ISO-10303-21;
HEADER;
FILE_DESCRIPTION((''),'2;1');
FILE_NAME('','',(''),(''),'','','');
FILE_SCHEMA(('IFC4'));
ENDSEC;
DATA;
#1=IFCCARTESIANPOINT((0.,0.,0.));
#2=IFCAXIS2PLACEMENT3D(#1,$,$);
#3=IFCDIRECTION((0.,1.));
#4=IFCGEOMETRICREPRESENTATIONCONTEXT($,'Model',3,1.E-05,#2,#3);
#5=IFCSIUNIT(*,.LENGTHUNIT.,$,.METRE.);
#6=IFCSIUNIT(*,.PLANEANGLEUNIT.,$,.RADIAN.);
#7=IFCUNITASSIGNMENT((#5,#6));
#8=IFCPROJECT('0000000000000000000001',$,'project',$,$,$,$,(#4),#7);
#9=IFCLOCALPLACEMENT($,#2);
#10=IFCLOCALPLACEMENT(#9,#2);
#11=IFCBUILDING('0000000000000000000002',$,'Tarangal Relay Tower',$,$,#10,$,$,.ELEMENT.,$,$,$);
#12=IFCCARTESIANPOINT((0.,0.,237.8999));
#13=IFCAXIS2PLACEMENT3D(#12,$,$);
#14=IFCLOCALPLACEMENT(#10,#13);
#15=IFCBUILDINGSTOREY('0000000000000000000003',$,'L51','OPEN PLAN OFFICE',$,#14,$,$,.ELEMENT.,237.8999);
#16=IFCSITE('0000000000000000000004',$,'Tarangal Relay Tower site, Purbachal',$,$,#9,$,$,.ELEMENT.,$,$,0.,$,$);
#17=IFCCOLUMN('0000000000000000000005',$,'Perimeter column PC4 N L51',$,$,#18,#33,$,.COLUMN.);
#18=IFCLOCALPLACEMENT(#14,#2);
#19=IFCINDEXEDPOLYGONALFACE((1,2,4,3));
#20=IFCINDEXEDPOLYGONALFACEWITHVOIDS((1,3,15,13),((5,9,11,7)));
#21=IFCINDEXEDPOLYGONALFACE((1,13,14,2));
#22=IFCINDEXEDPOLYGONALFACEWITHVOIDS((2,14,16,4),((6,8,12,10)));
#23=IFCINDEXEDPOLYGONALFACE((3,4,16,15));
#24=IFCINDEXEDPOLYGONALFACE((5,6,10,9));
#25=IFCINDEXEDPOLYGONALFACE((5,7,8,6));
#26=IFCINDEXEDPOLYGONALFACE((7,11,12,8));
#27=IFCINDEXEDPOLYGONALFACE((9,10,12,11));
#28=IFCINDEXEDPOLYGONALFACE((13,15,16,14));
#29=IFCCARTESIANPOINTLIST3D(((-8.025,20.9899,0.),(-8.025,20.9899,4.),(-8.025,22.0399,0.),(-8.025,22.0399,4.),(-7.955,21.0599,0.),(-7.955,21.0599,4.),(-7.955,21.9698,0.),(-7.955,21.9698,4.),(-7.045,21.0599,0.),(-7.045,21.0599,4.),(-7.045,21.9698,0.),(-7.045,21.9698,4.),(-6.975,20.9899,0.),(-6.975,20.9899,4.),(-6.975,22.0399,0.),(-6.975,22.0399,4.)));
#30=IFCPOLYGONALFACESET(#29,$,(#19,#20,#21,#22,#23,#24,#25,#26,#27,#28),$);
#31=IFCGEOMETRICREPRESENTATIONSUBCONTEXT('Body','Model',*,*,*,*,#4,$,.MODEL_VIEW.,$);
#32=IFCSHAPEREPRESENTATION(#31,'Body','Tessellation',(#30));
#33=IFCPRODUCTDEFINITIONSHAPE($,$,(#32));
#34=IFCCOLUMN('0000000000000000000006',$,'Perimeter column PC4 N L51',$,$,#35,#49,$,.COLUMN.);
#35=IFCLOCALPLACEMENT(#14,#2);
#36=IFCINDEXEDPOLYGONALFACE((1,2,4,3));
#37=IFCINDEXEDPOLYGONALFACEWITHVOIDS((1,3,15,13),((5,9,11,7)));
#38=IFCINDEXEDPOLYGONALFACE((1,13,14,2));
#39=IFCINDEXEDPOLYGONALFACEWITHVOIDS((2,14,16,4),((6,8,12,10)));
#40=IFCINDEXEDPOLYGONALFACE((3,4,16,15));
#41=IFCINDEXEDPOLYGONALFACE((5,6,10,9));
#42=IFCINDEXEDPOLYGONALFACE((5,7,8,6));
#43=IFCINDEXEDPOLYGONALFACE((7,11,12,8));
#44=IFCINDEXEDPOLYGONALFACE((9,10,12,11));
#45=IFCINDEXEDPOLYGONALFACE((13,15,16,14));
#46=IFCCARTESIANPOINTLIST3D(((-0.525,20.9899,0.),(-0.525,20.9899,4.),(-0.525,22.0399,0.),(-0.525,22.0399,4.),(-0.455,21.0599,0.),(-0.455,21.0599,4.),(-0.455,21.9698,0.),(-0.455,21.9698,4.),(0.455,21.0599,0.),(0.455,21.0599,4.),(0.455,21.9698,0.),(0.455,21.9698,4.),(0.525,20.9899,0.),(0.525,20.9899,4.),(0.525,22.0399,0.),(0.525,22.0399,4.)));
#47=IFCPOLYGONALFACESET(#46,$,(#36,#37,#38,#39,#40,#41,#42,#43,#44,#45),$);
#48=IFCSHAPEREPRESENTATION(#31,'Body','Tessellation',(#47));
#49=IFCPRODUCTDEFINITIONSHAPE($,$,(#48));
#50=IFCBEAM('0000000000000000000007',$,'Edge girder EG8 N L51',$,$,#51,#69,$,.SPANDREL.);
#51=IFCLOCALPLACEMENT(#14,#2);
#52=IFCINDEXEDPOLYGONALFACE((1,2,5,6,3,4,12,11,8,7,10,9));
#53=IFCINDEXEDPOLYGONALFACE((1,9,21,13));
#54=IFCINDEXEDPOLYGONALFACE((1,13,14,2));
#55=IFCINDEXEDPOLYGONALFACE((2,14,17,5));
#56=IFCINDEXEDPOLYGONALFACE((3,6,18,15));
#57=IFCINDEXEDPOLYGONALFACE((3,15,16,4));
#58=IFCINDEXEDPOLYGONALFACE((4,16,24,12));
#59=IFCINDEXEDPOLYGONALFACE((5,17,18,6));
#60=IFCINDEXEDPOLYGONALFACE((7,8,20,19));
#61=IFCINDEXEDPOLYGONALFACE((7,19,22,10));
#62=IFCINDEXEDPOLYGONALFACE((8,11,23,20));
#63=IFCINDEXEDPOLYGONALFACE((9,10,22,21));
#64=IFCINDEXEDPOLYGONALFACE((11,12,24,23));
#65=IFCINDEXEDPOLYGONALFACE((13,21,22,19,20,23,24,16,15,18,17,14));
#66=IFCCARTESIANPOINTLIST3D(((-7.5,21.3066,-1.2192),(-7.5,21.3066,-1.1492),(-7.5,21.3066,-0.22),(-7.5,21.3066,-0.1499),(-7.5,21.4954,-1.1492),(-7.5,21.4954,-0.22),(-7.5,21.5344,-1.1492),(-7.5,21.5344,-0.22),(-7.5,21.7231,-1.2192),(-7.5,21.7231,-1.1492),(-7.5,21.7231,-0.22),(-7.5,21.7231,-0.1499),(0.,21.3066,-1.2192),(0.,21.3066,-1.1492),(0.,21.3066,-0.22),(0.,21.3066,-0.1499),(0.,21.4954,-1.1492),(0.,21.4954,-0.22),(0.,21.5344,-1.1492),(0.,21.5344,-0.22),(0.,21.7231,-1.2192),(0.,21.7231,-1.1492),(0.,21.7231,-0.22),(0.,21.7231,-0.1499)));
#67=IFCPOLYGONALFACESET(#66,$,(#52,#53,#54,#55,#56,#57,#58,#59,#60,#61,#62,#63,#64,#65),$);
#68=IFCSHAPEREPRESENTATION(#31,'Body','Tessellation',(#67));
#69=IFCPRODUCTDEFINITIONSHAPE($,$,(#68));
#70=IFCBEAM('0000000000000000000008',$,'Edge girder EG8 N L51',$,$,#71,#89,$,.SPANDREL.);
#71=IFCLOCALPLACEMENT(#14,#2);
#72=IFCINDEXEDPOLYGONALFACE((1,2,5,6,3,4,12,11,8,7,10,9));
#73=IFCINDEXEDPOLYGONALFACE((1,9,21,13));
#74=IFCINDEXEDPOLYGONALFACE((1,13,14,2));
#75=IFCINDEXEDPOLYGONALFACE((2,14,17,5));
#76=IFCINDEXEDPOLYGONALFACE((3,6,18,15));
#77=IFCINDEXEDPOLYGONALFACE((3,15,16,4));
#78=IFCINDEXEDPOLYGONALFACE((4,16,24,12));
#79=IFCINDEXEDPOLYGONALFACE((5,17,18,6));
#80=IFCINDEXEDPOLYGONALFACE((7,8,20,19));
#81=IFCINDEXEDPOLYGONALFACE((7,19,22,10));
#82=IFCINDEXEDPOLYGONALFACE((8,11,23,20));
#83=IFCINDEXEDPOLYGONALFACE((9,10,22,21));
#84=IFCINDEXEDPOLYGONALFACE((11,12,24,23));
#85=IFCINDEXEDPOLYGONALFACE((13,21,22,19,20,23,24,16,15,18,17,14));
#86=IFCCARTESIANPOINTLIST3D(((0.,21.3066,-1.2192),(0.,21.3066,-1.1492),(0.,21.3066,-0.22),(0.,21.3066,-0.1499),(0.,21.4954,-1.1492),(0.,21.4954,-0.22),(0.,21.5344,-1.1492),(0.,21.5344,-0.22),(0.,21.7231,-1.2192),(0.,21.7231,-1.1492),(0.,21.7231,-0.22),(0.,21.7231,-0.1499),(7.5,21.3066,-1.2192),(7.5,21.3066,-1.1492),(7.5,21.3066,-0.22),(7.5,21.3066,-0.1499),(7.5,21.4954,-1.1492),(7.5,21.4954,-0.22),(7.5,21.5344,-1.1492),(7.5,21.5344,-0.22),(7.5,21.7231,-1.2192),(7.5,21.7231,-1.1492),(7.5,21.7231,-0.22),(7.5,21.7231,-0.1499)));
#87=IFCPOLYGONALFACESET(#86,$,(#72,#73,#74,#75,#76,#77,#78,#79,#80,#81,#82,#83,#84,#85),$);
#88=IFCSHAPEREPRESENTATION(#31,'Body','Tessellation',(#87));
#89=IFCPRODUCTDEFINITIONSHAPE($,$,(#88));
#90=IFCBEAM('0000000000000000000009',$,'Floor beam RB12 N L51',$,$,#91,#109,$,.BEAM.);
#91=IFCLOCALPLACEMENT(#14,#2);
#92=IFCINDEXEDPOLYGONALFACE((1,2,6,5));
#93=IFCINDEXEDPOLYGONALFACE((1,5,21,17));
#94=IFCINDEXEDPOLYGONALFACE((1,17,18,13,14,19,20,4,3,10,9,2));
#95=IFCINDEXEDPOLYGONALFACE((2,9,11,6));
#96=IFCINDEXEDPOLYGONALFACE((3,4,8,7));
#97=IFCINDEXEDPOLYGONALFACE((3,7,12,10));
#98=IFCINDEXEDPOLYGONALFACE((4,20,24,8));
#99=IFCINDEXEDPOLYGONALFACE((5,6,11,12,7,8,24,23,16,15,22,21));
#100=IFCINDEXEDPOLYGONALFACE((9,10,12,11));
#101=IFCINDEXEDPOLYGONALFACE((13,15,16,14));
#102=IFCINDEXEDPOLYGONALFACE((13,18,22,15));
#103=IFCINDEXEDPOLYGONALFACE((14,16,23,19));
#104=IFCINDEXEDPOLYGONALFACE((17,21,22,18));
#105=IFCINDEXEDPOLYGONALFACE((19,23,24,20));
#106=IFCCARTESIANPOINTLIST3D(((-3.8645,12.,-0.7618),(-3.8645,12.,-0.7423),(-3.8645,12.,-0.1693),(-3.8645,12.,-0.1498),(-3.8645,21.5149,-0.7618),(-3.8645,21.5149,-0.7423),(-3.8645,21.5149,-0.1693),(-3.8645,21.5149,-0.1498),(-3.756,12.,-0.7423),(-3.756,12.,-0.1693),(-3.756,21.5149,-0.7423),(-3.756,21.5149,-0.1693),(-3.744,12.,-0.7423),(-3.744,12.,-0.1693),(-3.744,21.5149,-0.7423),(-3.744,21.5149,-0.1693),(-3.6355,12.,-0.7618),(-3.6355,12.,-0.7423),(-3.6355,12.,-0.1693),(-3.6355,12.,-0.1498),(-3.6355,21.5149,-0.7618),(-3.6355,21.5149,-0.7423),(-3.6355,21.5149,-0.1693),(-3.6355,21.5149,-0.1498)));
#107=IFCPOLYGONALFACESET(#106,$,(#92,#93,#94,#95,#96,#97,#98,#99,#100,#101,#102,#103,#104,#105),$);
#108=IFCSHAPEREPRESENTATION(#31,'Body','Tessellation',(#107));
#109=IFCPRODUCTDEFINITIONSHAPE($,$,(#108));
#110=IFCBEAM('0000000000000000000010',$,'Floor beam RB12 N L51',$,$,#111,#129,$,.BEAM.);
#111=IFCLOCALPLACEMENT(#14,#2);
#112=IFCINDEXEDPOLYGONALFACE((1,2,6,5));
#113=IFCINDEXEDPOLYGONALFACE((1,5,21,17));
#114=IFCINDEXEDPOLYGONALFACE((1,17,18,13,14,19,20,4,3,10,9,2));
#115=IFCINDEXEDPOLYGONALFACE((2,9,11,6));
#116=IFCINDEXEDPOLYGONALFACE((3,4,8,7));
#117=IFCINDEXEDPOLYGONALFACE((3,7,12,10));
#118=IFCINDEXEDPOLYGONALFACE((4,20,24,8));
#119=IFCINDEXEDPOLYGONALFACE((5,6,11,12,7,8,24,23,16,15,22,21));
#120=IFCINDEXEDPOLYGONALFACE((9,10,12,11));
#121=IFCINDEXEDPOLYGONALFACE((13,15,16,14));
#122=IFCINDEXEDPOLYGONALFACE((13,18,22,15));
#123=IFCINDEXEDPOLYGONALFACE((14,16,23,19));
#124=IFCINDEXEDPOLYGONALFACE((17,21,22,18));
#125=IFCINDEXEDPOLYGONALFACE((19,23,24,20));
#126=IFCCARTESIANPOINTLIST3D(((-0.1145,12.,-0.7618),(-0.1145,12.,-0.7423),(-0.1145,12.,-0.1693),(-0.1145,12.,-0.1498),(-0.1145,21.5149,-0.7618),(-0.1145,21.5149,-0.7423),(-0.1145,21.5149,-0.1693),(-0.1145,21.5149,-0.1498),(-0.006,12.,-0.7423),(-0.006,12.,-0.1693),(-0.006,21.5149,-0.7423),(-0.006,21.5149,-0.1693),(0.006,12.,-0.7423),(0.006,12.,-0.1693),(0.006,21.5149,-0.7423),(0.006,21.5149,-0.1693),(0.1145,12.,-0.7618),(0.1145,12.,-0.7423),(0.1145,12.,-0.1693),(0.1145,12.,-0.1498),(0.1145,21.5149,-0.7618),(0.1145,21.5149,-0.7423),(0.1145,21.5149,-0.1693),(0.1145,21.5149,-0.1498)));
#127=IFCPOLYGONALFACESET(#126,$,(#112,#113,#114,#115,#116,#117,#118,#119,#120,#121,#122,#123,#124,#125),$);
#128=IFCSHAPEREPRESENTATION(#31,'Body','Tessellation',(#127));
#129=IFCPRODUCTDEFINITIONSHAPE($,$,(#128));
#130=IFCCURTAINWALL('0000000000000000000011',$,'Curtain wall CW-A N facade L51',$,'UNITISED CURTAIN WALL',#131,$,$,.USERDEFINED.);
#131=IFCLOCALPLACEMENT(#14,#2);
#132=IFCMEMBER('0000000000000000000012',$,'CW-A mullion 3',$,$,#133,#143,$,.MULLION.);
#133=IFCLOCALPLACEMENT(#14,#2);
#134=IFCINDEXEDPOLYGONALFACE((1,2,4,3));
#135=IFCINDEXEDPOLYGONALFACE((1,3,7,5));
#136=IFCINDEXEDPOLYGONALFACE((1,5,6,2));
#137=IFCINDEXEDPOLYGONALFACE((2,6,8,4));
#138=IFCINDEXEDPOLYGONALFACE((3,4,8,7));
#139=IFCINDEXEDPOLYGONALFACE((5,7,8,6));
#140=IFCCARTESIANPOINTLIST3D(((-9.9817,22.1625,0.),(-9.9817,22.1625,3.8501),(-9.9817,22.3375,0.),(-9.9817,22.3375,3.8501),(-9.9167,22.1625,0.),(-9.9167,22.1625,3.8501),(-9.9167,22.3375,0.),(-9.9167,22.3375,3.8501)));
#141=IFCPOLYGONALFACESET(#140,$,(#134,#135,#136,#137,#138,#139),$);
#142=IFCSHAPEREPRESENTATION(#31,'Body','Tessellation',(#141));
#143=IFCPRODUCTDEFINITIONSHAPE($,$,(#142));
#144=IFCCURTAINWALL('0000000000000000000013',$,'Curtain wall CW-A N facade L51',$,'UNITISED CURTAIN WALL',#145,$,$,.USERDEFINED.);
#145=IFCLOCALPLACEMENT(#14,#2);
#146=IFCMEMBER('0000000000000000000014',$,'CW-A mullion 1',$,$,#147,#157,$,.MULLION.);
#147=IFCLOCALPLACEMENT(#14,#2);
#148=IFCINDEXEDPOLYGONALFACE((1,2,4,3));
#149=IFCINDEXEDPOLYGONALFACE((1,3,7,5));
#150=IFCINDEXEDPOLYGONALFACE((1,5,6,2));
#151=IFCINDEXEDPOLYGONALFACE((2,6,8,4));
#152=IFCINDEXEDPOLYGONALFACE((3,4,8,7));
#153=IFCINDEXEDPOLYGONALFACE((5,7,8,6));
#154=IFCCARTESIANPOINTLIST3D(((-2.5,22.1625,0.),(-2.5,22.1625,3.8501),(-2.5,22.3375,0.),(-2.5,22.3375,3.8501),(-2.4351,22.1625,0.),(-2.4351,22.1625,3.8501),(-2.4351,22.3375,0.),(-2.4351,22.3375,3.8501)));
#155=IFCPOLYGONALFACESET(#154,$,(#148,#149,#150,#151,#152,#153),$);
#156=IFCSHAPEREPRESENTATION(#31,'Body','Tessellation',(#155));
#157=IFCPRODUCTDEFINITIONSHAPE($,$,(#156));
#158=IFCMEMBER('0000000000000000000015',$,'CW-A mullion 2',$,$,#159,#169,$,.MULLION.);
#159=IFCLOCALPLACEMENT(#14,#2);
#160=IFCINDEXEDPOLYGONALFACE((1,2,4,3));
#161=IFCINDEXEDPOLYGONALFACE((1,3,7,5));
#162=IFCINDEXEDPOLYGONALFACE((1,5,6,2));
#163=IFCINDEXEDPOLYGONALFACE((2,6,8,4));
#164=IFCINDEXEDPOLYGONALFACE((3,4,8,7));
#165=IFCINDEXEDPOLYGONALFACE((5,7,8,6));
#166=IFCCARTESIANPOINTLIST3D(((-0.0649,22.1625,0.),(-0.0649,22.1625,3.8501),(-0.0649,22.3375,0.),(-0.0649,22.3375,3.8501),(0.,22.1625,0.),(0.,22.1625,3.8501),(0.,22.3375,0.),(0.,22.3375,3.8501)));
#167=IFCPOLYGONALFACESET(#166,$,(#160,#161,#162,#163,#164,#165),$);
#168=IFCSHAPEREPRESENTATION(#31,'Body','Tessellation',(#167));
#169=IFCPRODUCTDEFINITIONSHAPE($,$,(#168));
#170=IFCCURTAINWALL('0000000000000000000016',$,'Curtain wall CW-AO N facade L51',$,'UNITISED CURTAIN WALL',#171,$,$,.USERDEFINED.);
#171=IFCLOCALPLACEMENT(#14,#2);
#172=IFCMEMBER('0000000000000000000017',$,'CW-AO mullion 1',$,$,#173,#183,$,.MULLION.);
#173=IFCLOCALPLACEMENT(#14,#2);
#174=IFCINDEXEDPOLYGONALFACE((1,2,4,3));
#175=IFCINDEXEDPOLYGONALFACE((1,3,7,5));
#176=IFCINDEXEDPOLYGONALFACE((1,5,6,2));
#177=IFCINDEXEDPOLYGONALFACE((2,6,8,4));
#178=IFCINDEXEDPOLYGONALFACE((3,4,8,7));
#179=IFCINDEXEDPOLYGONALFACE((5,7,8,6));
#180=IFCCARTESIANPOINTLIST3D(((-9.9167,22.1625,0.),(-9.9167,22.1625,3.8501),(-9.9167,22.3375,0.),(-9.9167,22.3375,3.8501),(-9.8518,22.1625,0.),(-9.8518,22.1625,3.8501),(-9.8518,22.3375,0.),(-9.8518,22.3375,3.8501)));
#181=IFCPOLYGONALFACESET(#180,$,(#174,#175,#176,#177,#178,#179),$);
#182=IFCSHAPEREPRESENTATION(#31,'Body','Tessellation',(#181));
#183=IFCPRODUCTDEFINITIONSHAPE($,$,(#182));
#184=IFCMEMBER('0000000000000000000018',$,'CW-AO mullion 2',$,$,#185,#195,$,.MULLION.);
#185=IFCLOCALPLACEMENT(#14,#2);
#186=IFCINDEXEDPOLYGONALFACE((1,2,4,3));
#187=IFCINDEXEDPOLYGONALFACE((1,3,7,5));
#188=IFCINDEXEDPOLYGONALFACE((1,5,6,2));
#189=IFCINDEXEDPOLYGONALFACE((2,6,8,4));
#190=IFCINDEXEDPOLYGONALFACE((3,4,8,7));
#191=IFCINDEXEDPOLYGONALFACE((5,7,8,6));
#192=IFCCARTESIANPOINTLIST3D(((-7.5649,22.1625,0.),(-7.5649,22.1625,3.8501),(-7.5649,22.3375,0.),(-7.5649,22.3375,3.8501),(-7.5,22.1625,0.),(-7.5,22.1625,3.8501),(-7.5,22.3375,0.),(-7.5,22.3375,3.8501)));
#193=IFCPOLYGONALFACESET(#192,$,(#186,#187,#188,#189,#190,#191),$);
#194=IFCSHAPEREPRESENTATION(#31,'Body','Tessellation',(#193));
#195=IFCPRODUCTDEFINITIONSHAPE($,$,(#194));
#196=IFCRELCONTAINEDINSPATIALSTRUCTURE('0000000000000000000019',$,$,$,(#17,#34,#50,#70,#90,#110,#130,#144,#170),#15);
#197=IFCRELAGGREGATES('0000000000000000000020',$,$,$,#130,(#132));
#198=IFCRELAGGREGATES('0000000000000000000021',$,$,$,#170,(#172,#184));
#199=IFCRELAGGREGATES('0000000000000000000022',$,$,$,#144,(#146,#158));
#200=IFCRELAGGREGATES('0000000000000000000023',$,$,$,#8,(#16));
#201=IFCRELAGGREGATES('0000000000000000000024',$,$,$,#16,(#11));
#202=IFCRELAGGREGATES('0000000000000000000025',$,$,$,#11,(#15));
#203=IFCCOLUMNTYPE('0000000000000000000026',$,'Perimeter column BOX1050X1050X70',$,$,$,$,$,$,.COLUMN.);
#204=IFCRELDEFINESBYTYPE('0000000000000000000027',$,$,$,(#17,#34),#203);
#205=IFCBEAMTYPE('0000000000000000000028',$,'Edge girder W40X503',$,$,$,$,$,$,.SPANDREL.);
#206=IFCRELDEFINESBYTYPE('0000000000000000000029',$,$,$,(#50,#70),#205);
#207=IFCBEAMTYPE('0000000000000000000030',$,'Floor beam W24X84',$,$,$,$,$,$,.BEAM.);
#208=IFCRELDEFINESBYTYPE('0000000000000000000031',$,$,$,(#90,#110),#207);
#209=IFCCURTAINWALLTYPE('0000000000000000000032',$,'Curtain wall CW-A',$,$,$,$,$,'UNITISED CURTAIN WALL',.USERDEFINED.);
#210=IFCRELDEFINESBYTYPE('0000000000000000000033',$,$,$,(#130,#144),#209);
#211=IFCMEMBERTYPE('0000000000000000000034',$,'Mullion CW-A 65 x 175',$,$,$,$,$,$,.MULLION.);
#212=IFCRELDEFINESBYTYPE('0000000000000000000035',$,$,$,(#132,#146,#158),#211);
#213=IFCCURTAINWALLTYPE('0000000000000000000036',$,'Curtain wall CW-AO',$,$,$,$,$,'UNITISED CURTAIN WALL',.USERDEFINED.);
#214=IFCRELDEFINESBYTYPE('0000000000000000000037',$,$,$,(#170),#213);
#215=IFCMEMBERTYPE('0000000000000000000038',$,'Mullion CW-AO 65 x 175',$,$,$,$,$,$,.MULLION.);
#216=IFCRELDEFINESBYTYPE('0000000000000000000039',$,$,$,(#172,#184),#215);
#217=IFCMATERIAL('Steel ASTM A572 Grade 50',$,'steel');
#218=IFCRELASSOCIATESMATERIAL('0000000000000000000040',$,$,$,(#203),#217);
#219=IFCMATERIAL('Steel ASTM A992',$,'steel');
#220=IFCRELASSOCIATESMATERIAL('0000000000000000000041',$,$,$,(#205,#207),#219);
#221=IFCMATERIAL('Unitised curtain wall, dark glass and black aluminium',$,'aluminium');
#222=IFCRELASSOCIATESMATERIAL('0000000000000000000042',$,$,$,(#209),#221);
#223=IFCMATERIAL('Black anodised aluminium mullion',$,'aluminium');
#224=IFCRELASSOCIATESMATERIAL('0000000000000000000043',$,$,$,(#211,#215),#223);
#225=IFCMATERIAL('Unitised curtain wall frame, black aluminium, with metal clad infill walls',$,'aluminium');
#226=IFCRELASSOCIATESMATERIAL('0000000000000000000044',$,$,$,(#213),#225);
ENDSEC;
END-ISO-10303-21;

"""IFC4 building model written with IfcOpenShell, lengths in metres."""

from ifc_helpers import new_model, si_unit, direction, frame, origin, origin_2d, place, context, subcontext, project, spatial, rectangle, hollow_rectangle, i_section, extrude, material, material_profile, profile_set, type_object, element, aggregate, save


model = new_model("IFC4")

# Units and contexts
model_context = context("Model", 3, precision=1e-05, world=origin(), true_north=direction((0.0, 1.0)))
body_context = subcontext(model_context, "Body", "Model", "MODEL_VIEW")
ifc_project = project(units=[si_unit("LENGTHUNIT", "METRE"), si_unit("PLANEANGLEUNIT", "RADIAN")], contexts=[model_context])

# Site, building, storey
site_placement = place(None, origin())
site = spatial("IfcSite", under=ifc_project, at=site_placement, Name="Tarangal Relay Tower site, Purbachal", CompositionType="ELEMENT", RefElevation=0.0)
building_placement = place(site_placement, origin())
building = spatial("IfcBuilding", under=site, at=building_placement, Name="Tarangal Relay Tower", CompositionType="ELEMENT")
storey_placement = place(building_placement, frame((0.0, 0.0, 237.8999)))
storey = spatial("IfcBuildingStorey", under=building, at=storey_placement, Name="L51", Description="OPEN PLAN OFFICE", CompositionType="ELEMENT", Elevation=237.8999)

# Columns
ifc_material_1 = material(Name="Steel ASTM A572 Grade 50", Category="steel")
ifc_material_profile_1 = material_profile(ifc_material_1, hollow_rectangle(XDim=1.05, YDim=1.05, WallThickness=0.0701, at=origin_2d()), Name="BOX1050X1050X70")
ifc_profile_set_1 = profile_set([ifc_material_profile_1], Name="Steel ASTM A572 Grade 50")
column_type = type_object("IfcColumnType", Name="Perimeter column BOX1050X1050X70", PredefinedType="COLUMN", material=ifc_profile_set_1)
for number, where, z_axis, x_axis, name in (
    (1, (-7.5, 21.5149, 0.0), (0.0, 0.0, 1.0), (1.0, 0.0, 0.0), "Perimeter column PC4 N L51"),
    (2, (0.0, 21.5149, 0.0), (0.0, 0.0, 1.0), (1.0, 0.0, 0.0), "Perimeter column PC4 N L51"),
):
    element("IfcColumn", number, at=place(storey_placement, frame(where, z_axis=z_axis, x_axis=x_axis)), inside=storey, type_object=column_type, Name=name, PredefinedType="COLUMN", context=body_context, shape_type="SweptSolid", body=[
        extrude(hollow_rectangle(XDim=1.05, YDim=1.05, WallThickness=0.0701, at=origin_2d()), origin(), (0.0, 0.0, 1.0), 4.0),
    ])

# Beams
ifc_material_2 = material(Name="Steel ASTM A992", Category="steel")
ifc_material_profile_2 = material_profile(ifc_material_2, i_section(OverallWidth=0.4165, OverallDepth=1.0693, WebThickness=0.0391, FlangeThickness=0.0701, at=origin_2d()), Name="W40X503")
ifc_profile_set_2 = profile_set([ifc_material_profile_2], Name="Steel ASTM A992")
beam_type_1 = type_object("IfcBeamType", Name="Edge girder W40X503", PredefinedType="SPANDREL", material=ifc_profile_set_2)
for number, where, z_axis, x_axis, name in (
    (3, (-7.5, 21.5149, -0.6846), (1.0, 0.0, 0.0), (0.0, 1.0, 0.0), "Edge girder EG8 N L51"),
    (4, (0.0, 21.5149, -0.6846), (1.0, 0.0, 0.0), (0.0, 1.0, 0.0), "Edge girder EG8 N L51"),
):
    element("IfcBeam", number, at=place(storey_placement, frame(where, z_axis=z_axis, x_axis=x_axis)), inside=storey, type_object=beam_type_1, Name=name, PredefinedType="SPANDREL", context=body_context, shape_type="SweptSolid", body=[
        extrude(i_section(OverallWidth=0.4165, OverallDepth=1.0693, WebThickness=0.0391, FlangeThickness=0.0701, at=origin_2d()), origin(), (0.0, 0.0, 1.0), 7.5),
    ])
ifc_material_profile_3 = material_profile(ifc_material_2, i_section(OverallWidth=0.229, OverallDepth=0.6121, WebThickness=0.012, FlangeThickness=0.0195, at=origin_2d()), Name="W24X84")
ifc_profile_set_3 = profile_set([ifc_material_profile_3], Name="Steel ASTM A992")
beam_type_2 = type_object("IfcBeamType", Name="Floor beam W24X84", PredefinedType="BEAM", material=ifc_profile_set_3)
for number, where, z_axis, x_axis, name in (
    (5, (-3.75, 12.0, -0.4558), (0.0, 1.0, 0.0), (-1.0, 0.0, 0.0), "Floor beam RB12 N L51"),
    (6, (0.0, 12.0, -0.4558), (0.0, 1.0, 0.0), (-1.0, 0.0, 0.0), "Floor beam RB12 N L51"),
):
    element("IfcBeam", number, at=place(storey_placement, frame(where, z_axis=z_axis, x_axis=x_axis)), inside=storey, type_object=beam_type_2, Name=name, PredefinedType="BEAM", context=body_context, shape_type="SweptSolid", body=[
        extrude(i_section(OverallWidth=0.229, OverallDepth=0.6121, WebThickness=0.012, FlangeThickness=0.0195, at=origin_2d()), origin(), (0.0, 0.0, 1.0), 9.5149),
    ])

# Curtain wall, member
ifc_material_3 = material(Name="Unitised curtain wall, dark glass and black aluminium", Category="aluminium")
curtain_wall_type_1 = type_object("IfcCurtainWallType", Name="Curtain wall CW-A", ElementType="UNITISED CURTAIN WALL", PredefinedType="USERDEFINED", material=ifc_material_3)
curtain_wall_1_placement = place(storey_placement, origin())
curtain_wall_1 = element("IfcCurtainWall", 7, at=curtain_wall_1_placement, inside=storey, type_object=curtain_wall_type_1, Name="Curtain wall CW-A N facade L51", ObjectType="UNITISED CURTAIN WALL", PredefinedType="USERDEFINED")
ifc_material_4 = material(Name="Black anodised aluminium mullion", Category="aluminium")
ifc_material_profile_4 = material_profile(ifc_material_4, rectangle(XDim=0.175, YDim=0.0649, at=origin_2d()), Name="CW-AM 65X175")
ifc_profile_set_4 = profile_set([ifc_material_profile_4], Name="Black anodised aluminium mullion")
member_type_1 = type_object("IfcMemberType", Name="Mullion CW-A 65 x 175", PredefinedType="MULLION", material=ifc_profile_set_4)
member_1_placement = place(storey_placement, frame((-9.9492, 22.25, 0.0), z_axis=(0.0, 0.0, 1.0), x_axis=(0.0, 1.0, 0.0)))
member_1 = element("IfcMember", 8, at=member_1_placement, type_object=member_type_1, Name="CW-A mullion 3", PredefinedType="MULLION", context=body_context, shape_type="SweptSolid", body=[
    extrude(rectangle(XDim=0.175, YDim=0.0649, at=origin_2d()), origin(), (0.0, 0.0, 1.0), 3.8501),
])
aggregate(curtain_wall_1, [member_1])

# Curtain walls, members
curtain_wall_2_placement = place(storey_placement, origin())
curtain_wall_2 = element("IfcCurtainWall", 9, at=curtain_wall_2_placement, inside=storey, type_object=curtain_wall_type_1, Name="Curtain wall CW-A N facade L51", ObjectType="UNITISED CURTAIN WALL", PredefinedType="USERDEFINED")
member_2_placement = place(storey_placement, frame((-2.4675, 22.25, 0.0), z_axis=(0.0, 0.0, 1.0), x_axis=(0.0, 1.0, 0.0)))
member_2 = element("IfcMember", 10, at=member_2_placement, type_object=member_type_1, Name="CW-A mullion 1", PredefinedType="MULLION", context=body_context, shape_type="SweptSolid", body=[
    extrude(rectangle(XDim=0.175, YDim=0.0649, at=origin_2d()), origin(), (0.0, 0.0, 1.0), 3.8501),
])
member_3_placement = place(storey_placement, frame((-0.0325, 22.25, 0.0), z_axis=(0.0, 0.0, 1.0), x_axis=(0.0, 1.0, 0.0)))
member_3 = element("IfcMember", 11, at=member_3_placement, type_object=member_type_1, Name="CW-A mullion 2", PredefinedType="MULLION", context=body_context, shape_type="SweptSolid", body=[
    extrude(rectangle(XDim=0.175, YDim=0.0649, at=origin_2d()), origin(), (0.0, 0.0, 1.0), 3.8501),
])
ifc_material_5 = material(Name="Unitised curtain wall frame, black aluminium, with metal clad infill walls", Category="aluminium")
curtain_wall_type_2 = type_object("IfcCurtainWallType", Name="Curtain wall CW-AO", ElementType="UNITISED CURTAIN WALL", PredefinedType="USERDEFINED", material=ifc_material_5)
curtain_wall_3_placement = place(storey_placement, origin())
curtain_wall_3 = element("IfcCurtainWall", 12, at=curtain_wall_3_placement, inside=storey, type_object=curtain_wall_type_2, Name="Curtain wall CW-AO N facade L51", ObjectType="UNITISED CURTAIN WALL", PredefinedType="USERDEFINED")
ifc_material_profile_5 = material_profile(ifc_material_4, rectangle(XDim=0.175, YDim=0.0649, at=origin_2d()), Name="CW-AOM 65X175")
ifc_profile_set_5 = profile_set([ifc_material_profile_5], Name="Black anodised aluminium mullion")
member_type_2 = type_object("IfcMemberType", Name="Mullion CW-AO 65 x 175", PredefinedType="MULLION", material=ifc_profile_set_5)
member_4_placement = place(storey_placement, frame((-9.8843, 22.25, 0.0), z_axis=(0.0, 0.0, 1.0), x_axis=(0.0, 1.0, 0.0)))
member_4 = element("IfcMember", 13, at=member_4_placement, type_object=member_type_2, Name="CW-AO mullion 1", PredefinedType="MULLION", context=body_context, shape_type="SweptSolid", body=[
    extrude(rectangle(XDim=0.175, YDim=0.0649, at=origin_2d()), origin(), (0.0, 0.0, 1.0), 3.8501),
])
member_5_placement = place(storey_placement, frame((-7.5325, 22.25, 0.0), z_axis=(0.0, 0.0, 1.0), x_axis=(0.0, 1.0, 0.0)))
member_5 = element("IfcMember", 14, at=member_5_placement, type_object=member_type_2, Name="CW-AO mullion 2", PredefinedType="MULLION", context=body_context, shape_type="SweptSolid", body=[
    extrude(rectangle(XDim=0.175, YDim=0.0649, at=origin_2d()), origin(), (0.0, 0.0, 1.0), 3.8501),
])

aggregate(curtain_wall_3, [member_4, member_5])

aggregate(curtain_wall_2, [member_2, member_3])

save(model, "model.ifc")
